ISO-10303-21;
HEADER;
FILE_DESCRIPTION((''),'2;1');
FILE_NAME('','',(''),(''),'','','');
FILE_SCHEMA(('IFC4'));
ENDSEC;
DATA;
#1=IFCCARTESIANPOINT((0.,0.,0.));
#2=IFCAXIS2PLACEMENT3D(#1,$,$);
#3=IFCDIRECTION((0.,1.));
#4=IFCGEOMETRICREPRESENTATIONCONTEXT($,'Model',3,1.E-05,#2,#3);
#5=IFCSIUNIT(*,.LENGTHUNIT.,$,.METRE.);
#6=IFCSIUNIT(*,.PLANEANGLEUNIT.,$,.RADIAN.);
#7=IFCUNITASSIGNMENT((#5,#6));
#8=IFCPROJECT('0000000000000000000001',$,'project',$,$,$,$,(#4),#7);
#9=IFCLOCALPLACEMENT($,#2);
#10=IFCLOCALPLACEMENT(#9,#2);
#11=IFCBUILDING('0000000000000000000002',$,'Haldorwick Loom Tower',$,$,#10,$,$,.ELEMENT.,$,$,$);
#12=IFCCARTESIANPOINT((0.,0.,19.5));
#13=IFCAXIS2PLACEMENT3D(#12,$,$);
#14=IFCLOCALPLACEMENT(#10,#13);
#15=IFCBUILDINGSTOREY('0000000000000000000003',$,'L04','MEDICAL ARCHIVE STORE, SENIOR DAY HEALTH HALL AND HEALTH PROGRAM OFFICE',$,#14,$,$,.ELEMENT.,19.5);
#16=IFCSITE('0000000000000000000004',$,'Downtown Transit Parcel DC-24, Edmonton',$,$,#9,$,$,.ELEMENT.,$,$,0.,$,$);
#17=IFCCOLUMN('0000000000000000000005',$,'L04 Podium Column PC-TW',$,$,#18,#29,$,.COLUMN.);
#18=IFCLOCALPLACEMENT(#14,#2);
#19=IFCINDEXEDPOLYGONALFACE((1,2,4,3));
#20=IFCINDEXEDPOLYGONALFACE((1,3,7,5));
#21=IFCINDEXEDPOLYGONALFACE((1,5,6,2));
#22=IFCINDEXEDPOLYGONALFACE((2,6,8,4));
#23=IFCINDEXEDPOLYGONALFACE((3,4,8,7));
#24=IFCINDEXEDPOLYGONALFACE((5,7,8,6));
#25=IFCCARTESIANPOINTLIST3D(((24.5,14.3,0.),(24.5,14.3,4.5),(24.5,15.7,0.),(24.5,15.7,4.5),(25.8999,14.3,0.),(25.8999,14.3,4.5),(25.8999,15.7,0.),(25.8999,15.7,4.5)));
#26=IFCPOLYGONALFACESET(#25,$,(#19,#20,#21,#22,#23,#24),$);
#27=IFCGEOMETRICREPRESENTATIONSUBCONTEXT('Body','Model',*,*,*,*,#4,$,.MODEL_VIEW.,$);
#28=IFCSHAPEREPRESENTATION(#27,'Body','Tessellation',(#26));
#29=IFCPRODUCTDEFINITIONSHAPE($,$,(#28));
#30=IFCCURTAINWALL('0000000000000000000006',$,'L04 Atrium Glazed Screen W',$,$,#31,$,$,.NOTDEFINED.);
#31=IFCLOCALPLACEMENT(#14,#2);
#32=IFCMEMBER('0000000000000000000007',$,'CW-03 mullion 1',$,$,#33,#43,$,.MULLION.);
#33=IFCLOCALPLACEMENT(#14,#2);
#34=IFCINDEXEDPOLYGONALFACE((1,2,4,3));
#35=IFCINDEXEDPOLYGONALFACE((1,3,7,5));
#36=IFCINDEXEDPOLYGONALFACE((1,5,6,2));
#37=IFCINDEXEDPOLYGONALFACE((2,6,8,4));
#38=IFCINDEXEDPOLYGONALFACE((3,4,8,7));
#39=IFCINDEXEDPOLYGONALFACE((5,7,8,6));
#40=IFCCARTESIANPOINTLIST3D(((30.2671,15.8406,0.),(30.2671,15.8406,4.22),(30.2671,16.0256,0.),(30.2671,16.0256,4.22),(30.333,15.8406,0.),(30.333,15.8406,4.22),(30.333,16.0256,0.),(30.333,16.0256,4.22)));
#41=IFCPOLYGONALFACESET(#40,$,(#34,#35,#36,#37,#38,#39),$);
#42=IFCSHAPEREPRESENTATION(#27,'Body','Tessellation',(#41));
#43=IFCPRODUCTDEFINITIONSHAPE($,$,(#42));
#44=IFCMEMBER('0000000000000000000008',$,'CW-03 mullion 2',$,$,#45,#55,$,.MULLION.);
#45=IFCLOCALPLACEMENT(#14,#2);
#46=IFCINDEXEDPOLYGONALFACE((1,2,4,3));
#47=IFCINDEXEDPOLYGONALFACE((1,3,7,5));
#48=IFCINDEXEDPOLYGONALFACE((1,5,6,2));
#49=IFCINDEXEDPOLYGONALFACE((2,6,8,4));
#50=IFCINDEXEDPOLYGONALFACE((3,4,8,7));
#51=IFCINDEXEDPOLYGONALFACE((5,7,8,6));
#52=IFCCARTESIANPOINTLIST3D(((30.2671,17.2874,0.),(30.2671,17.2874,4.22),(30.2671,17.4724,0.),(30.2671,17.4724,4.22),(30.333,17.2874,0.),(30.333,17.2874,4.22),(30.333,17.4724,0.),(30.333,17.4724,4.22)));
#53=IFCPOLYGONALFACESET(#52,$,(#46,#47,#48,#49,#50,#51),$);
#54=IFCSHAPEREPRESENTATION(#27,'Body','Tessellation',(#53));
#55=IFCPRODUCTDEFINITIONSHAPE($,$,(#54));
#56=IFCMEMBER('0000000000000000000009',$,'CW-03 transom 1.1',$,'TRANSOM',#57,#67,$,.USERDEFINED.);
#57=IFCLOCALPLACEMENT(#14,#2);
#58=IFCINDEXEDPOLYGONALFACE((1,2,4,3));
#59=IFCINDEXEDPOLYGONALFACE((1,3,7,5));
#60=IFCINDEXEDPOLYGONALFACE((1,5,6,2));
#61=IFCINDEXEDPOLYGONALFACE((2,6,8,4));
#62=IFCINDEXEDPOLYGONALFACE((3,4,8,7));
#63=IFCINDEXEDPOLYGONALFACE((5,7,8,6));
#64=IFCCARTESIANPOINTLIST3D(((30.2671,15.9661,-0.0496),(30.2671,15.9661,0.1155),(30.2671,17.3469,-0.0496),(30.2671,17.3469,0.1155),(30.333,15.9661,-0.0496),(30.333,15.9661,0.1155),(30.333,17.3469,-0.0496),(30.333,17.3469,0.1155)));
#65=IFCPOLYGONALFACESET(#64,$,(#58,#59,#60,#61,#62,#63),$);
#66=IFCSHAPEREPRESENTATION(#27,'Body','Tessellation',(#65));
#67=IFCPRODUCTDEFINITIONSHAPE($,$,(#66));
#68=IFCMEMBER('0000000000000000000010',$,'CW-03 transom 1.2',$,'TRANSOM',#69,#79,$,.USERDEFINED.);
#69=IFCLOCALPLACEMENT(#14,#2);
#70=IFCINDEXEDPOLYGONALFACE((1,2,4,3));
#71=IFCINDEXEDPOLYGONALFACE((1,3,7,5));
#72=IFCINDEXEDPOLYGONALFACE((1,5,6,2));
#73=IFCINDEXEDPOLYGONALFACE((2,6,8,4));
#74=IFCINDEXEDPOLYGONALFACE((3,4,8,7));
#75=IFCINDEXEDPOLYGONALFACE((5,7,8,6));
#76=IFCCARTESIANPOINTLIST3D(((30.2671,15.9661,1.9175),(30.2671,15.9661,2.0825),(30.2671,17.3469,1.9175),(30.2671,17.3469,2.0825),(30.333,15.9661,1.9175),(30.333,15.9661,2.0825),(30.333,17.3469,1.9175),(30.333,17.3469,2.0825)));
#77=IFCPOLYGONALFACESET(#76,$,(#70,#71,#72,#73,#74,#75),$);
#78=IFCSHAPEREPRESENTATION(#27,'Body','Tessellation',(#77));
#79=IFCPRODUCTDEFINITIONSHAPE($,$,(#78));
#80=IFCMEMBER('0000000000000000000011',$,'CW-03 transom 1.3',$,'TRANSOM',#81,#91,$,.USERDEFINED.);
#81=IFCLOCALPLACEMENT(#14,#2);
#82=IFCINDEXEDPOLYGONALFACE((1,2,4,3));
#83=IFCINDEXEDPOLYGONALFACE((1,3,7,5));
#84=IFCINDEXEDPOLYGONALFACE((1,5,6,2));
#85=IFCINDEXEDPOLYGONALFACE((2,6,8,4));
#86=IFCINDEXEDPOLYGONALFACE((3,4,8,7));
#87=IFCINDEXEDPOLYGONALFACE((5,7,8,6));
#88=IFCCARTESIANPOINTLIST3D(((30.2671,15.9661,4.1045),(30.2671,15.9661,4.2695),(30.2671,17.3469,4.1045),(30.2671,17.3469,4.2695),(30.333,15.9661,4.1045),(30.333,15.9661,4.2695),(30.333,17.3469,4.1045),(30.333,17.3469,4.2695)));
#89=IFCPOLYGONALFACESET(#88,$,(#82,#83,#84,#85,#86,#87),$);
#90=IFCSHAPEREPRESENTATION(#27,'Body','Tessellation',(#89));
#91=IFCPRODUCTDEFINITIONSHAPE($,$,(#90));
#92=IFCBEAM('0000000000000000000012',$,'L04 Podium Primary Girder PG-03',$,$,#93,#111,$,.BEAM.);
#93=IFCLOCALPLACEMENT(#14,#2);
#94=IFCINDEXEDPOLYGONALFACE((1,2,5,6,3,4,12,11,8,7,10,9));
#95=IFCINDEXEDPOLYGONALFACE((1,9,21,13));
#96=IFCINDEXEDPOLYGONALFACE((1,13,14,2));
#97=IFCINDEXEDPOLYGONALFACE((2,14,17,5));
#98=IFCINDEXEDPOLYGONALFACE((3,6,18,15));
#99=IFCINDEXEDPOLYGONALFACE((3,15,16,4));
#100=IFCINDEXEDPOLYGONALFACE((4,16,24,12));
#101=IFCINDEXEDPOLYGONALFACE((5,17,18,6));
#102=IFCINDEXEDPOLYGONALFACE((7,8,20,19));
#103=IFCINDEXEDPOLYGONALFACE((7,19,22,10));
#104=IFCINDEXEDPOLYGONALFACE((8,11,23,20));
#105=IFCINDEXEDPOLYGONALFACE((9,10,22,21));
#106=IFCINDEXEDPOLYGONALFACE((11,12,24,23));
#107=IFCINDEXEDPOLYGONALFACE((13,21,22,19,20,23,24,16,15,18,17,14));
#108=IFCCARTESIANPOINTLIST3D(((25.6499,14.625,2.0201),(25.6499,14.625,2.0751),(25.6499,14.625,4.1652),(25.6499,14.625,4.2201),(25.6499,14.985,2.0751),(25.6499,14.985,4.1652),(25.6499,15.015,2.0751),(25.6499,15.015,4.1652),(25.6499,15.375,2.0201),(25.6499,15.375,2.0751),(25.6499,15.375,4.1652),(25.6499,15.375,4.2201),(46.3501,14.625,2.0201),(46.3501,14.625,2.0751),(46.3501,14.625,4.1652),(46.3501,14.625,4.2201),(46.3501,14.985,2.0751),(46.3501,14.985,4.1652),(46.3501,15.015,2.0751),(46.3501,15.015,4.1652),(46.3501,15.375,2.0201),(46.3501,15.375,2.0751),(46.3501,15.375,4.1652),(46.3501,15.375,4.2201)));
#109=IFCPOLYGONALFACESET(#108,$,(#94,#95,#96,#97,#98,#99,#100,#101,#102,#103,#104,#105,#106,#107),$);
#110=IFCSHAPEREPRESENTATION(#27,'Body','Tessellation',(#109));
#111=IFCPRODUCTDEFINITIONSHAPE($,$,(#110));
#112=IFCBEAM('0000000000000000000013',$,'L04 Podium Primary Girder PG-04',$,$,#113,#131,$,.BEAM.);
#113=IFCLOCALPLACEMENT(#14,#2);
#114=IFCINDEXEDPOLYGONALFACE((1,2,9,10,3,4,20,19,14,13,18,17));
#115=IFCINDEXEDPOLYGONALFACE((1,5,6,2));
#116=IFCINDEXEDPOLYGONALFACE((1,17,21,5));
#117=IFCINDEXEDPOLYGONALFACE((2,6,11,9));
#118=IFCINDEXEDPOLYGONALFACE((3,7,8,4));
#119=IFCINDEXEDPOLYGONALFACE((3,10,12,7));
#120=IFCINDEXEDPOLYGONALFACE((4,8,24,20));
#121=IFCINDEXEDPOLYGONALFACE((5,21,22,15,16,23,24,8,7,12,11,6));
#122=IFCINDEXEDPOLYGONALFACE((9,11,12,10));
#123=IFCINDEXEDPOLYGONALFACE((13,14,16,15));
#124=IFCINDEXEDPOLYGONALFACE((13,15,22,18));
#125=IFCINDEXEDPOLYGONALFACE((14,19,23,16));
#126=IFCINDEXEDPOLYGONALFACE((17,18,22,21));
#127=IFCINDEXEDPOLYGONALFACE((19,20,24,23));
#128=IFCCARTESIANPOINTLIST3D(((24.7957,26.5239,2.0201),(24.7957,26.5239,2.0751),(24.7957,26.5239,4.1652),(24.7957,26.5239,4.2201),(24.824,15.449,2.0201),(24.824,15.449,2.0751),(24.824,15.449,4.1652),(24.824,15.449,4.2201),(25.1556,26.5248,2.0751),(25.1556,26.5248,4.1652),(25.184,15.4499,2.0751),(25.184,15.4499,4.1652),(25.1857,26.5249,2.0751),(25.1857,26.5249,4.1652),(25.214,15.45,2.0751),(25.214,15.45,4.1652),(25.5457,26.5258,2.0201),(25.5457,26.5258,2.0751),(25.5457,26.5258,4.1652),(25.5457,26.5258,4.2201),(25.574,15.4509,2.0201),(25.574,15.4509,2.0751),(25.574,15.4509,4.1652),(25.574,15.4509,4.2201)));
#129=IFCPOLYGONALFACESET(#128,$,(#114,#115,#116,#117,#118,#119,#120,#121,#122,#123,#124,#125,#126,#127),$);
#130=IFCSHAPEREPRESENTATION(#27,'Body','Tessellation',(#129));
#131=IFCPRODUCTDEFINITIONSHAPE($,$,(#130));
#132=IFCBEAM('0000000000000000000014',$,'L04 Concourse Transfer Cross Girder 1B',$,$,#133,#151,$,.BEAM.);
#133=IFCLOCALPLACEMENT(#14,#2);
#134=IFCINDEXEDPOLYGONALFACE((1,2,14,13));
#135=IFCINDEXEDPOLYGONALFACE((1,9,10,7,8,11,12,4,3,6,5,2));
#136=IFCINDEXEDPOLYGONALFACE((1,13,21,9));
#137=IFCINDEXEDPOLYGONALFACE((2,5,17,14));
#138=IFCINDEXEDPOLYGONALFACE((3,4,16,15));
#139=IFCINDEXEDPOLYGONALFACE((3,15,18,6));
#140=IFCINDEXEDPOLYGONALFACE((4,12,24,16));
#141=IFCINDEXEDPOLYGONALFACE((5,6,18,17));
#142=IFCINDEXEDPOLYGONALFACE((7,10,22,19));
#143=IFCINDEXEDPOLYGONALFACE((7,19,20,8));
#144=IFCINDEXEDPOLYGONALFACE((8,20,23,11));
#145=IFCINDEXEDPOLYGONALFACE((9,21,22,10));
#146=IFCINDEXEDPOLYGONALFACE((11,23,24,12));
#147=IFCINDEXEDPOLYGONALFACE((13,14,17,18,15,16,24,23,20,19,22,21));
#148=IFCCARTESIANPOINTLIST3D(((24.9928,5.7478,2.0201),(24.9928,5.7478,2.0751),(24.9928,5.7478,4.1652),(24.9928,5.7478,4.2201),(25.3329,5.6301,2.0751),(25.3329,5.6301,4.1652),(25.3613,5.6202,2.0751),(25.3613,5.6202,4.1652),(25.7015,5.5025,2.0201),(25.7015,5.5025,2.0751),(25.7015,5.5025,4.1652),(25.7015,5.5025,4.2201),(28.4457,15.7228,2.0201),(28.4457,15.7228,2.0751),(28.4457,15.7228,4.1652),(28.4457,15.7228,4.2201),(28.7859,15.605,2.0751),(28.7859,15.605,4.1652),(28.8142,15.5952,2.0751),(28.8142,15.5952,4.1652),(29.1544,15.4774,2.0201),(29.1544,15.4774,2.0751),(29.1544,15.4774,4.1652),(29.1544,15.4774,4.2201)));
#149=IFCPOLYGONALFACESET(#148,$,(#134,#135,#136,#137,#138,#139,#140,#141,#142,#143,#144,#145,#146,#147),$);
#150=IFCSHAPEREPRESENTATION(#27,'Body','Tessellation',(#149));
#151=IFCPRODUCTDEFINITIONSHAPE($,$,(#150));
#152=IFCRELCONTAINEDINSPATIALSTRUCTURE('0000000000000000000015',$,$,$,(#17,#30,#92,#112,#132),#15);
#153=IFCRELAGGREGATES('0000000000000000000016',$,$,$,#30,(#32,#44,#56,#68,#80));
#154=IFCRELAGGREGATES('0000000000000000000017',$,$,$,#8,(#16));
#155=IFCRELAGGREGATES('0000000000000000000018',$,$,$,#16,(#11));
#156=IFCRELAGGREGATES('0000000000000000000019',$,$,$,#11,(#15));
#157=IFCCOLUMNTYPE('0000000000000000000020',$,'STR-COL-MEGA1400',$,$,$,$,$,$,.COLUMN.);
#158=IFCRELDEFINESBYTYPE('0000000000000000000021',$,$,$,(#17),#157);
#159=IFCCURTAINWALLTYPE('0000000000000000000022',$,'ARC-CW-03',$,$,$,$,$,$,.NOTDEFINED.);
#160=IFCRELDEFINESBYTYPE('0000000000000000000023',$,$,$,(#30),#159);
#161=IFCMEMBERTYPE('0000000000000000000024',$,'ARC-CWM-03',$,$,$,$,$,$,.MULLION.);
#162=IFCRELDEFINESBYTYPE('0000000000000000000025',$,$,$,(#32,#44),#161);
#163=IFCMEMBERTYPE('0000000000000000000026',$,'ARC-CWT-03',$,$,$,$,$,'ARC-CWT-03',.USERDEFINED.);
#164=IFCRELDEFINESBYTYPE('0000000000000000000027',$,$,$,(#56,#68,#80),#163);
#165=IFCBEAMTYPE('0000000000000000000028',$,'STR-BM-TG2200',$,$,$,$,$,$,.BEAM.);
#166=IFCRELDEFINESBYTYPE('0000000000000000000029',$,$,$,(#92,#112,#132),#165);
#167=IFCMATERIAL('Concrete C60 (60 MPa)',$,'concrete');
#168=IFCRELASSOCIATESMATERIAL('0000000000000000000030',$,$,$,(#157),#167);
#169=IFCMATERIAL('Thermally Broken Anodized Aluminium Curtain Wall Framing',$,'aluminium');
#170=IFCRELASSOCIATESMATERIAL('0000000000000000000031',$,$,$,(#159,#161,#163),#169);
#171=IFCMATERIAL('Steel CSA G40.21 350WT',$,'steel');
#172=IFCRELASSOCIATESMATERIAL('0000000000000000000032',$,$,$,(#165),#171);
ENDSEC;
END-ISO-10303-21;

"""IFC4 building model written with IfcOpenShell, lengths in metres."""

from ifc_helpers import new_model, si_unit, direction, frame, origin, origin_2d, place, context, subcontext, project, spatial, rectangle, i_section, extrude, material, material_profile, profile_set, type_object, element, aggregate, save


model = new_model("IFC4")

# Units and contexts
model_context = context("Model", 3, precision=1e-05, world=origin(), true_north=direction((0.0, 1.0)))
body_context = subcontext(model_context, "Body", "Model", "MODEL_VIEW")
ifc_project = project(units=[si_unit("LENGTHUNIT", "METRE"), si_unit("PLANEANGLEUNIT", "RADIAN")], contexts=[model_context])

# Site, building, storey
site_placement = place(None, origin())
site = spatial("IfcSite", under=ifc_project, at=site_placement, Name="Downtown Transit Parcel DC-24, Edmonton", CompositionType="ELEMENT", RefElevation=0.0)
building_placement = place(site_placement, origin())
building = spatial("IfcBuilding", under=site, at=building_placement, Name="Haldorwick Loom Tower", CompositionType="ELEMENT")
storey_placement = place(building_placement, frame((0.0, 0.0, 19.5)))
storey = spatial("IfcBuildingStorey", under=building, at=storey_placement, Name="L04", Description="MEDICAL ARCHIVE STORE, SENIOR DAY HEALTH HALL AND HEALTH PROGRAM OFFICE", CompositionType="ELEMENT", Elevation=19.5)

# Column
ifc_material_1 = material(Name="Concrete C60 (60 MPa)", Category="concrete")
ifc_material_profile_1 = material_profile(ifc_material_1, rectangle(XDim=1.3999, YDim=1.3999, at=origin_2d()), Name="RC1400X1400", Category="concrete")
ifc_profile_set_1 = profile_set([ifc_material_profile_1], Name="Concrete C60 (60 MPa)")
column_type = type_object("IfcColumnType", Name="STR-COL-MEGA1400", PredefinedType="COLUMN", material=ifc_profile_set_1)
column_placement = place(storey_placement, frame((25.2, 15.0, 0.0), z_axis=(0.0, 0.0, 1.0), x_axis=(1.0, 0.0, 0.0)))
element("IfcColumn", 1, at=column_placement, inside=storey, type_object=column_type, Name="L04 Podium Column PC-TW", PredefinedType="COLUMN", context=body_context, shape_type="SweptSolid", body=[
    extrude(rectangle(XDim=1.3999, YDim=1.3999, at=origin_2d()), origin(), (0.0, 0.0, 1.0), 4.5),
])

# Curtain wall, members
ifc_material_2 = material(Name="Thermally Broken Anodized Aluminium Curtain Wall Framing", Category="aluminium")
curtain_wall_type = type_object("IfcCurtainWallType", Name="ARC-CW-03", PredefinedType="NOTDEFINED", material=ifc_material_2)
curtain_wall_placement = place(storey_placement, origin())
curtain_wall = element("IfcCurtainWall", 2, at=curtain_wall_placement, inside=storey, type_object=curtain_wall_type, Name="L04 Atrium Glazed Screen W", PredefinedType="NOTDEFINED")
ifc_material_profile_2 = material_profile(ifc_material_2, rectangle(XDim=0.0659, YDim=0.1851, at=origin_2d()), Name="ALU_MUL_66X185", Category="aluminium")
ifc_profile_set_2 = profile_set([ifc_material_profile_2], Name="Thermally Broken Anodized Aluminium Curtain Wall Framing")
member_type_1 = type_object("IfcMemberType", Name="ARC-CWM-03", PredefinedType="MULLION", material=ifc_profile_set_2)
member_1_placement = place(storey_placement, frame((30.3, 15.9331, 0.0), z_axis=(0.0, 0.0, 1.0), x_axis=(-1.0, 0.0, 0.0)))
member_1 = element("IfcMember", 3, at=member_1_placement, type_object=member_type_1, Name="CW-03 mullion 1", PredefinedType="MULLION", context=body_context, shape_type="SweptSolid", body=[
    extrude(rectangle(XDim=0.0659, YDim=0.1851, at=origin_2d()), origin(), (0.0, 0.0, 1.0), 4.22),
])
member_2_placement = place(storey_placement, frame((30.3, 17.3799, 0.0), z_axis=(0.0, 0.0, 1.0), x_axis=(-1.0, 0.0, 0.0)))
member_2 = element("IfcMember", 4, at=member_2_placement, type_object=member_type_1, Name="CW-03 mullion 2", PredefinedType="MULLION", context=body_context, shape_type="SweptSolid", body=[
    extrude(rectangle(XDim=0.0659, YDim=0.1851, at=origin_2d()), origin(), (0.0, 0.0, 1.0), 4.22),
])
ifc_material_profile_3 = material_profile(ifc_material_2, rectangle(XDim=0.0659, YDim=0.165, at=origin_2d()), Name="ALU_TRN_66X165", Category="aluminium")
ifc_profile_set_3 = profile_set([ifc_material_profile_3], Name="Thermally Broken Anodized Aluminium Curtain Wall Framing")
member_type_2 = type_object("IfcMemberType", Name="ARC-CWT-03", ElementType="ARC-CWT-03", PredefinedType="USERDEFINED", material=ifc_profile_set_3)
member_3_placement = place(storey_placement, frame((30.3, 15.9661, 0.033), z_axis=(0.0, 1.0, 0.0), x_axis=(-1.0, 0.0, 0.0)))
member_3 = element("IfcMember", 5, at=member_3_placement, type_object=member_type_2, Name="CW-03 transom 1.1", ObjectType="TRANSOM", PredefinedType="USERDEFINED", context=body_context, shape_type="SweptSolid", body=[
    extrude(rectangle(XDim=0.0659, YDim=0.165, at=origin_2d()), origin(), (0.0, 0.0, 1.0), 1.3809),
])
member_4_placement = place(storey_placement, frame((30.3, 15.9661, 2.0), z_axis=(0.0, 1.0, 0.0), x_axis=(-1.0, 0.0, 0.0)))
member_4 = element("IfcMember", 6, at=member_4_placement, type_object=member_type_2, Name="CW-03 transom 1.2", ObjectType="TRANSOM", PredefinedType="USERDEFINED", context=body_context, shape_type="SweptSolid", body=[
    extrude(rectangle(XDim=0.0659, YDim=0.165, at=origin_2d()), origin(), (0.0, 0.0, 1.0), 1.3809),
])
member_5_placement = place(storey_placement, frame((30.3, 15.9661, 4.187), z_axis=(0.0, 1.0, 0.0), x_axis=(-1.0, 0.0, 0.0)))
member_5 = element("IfcMember", 7, at=member_5_placement, type_object=member_type_2, Name="CW-03 transom 1.3", ObjectType="TRANSOM", PredefinedType="USERDEFINED", context=body_context, shape_type="SweptSolid", body=[
    extrude(rectangle(XDim=0.0659, YDim=0.165, at=origin_2d()), origin(), (0.0, 0.0, 1.0), 1.3809),
])

# Beams
ifc_material_3 = material(Name="Steel CSA G40.21 350WT", Category="steel")
ifc_material_profile_4 = material_profile(ifc_material_3, i_section(OverallWidth=0.75, OverallDepth=2.2, WebThickness=0.03, FlangeThickness=0.0549, at=origin_2d()), Name="WWF2200X750", Category="steel")
ifc_profile_set_4 = profile_set([ifc_material_profile_4], Name="Steel CSA G40.21 350WT")
beam_type = type_object("IfcBeamType", Name="STR-BM-TG2200", PredefinedType="BEAM", material=ifc_profile_set_4)
beam_1_placement = place(storey_placement, frame((25.6499, 15.0, 3.1201), z_axis=(1.0, 0.0, 0.0), x_axis=(0.0, 1.0, 0.0)))
element("IfcBeam", 8, at=beam_1_placement, inside=storey, type_object=beam_type, Name="L04 Podium Primary Girder PG-03", PredefinedType="BEAM", context=body_context, shape_type="SweptSolid", body=[
    extrude(i_section(OverallWidth=0.75, OverallDepth=2.2, WebThickness=0.03, FlangeThickness=0.0549, at=origin_2d()), origin(), (0.0, 0.0, 1.0), 20.7002),
])
beam_2_placement = place(storey_placement, frame((25.199, 15.45, 3.1201), z_axis=(-0.002557, 0.999997, 0.0), x_axis=(-0.999997, -0.002557, 0.0)))
element("IfcBeam", 9, at=beam_2_placement, inside=storey, type_object=beam_type, Name="L04 Podium Primary Girder PG-04", PredefinedType="BEAM", context=body_context, shape_type="SweptSolid", body=[
    extrude(i_section(OverallWidth=0.75, OverallDepth=2.2, WebThickness=0.03, FlangeThickness=0.0549, at=origin_2d()), origin(), (0.0, 0.0, 1.0), 11.075),
])
beam_3_placement = place(storey_placement, frame((28.8, 15.6001, 3.1201), z_axis=(-0.327115, -0.944985, 0.0), x_axis=(0.944985, -0.327115, 0.0)))
element("IfcBeam", 10, at=beam_3_placement, inside=storey, type_object=beam_type, Name="L04 Concourse Transfer Cross Girder 1B", PredefinedType="BEAM", context=body_context, shape_type="SweptSolid", body=[
    extrude(i_section(OverallWidth=0.75, OverallDepth=2.2, WebThickness=0.03, FlangeThickness=0.0549, at=origin_2d()), origin(), (0.0, 0.0, 1.0), 10.5557),
])

aggregate(curtain_wall, [member_1, member_2, member_3, member_4, member_5])

save(model, "model.ifc")
